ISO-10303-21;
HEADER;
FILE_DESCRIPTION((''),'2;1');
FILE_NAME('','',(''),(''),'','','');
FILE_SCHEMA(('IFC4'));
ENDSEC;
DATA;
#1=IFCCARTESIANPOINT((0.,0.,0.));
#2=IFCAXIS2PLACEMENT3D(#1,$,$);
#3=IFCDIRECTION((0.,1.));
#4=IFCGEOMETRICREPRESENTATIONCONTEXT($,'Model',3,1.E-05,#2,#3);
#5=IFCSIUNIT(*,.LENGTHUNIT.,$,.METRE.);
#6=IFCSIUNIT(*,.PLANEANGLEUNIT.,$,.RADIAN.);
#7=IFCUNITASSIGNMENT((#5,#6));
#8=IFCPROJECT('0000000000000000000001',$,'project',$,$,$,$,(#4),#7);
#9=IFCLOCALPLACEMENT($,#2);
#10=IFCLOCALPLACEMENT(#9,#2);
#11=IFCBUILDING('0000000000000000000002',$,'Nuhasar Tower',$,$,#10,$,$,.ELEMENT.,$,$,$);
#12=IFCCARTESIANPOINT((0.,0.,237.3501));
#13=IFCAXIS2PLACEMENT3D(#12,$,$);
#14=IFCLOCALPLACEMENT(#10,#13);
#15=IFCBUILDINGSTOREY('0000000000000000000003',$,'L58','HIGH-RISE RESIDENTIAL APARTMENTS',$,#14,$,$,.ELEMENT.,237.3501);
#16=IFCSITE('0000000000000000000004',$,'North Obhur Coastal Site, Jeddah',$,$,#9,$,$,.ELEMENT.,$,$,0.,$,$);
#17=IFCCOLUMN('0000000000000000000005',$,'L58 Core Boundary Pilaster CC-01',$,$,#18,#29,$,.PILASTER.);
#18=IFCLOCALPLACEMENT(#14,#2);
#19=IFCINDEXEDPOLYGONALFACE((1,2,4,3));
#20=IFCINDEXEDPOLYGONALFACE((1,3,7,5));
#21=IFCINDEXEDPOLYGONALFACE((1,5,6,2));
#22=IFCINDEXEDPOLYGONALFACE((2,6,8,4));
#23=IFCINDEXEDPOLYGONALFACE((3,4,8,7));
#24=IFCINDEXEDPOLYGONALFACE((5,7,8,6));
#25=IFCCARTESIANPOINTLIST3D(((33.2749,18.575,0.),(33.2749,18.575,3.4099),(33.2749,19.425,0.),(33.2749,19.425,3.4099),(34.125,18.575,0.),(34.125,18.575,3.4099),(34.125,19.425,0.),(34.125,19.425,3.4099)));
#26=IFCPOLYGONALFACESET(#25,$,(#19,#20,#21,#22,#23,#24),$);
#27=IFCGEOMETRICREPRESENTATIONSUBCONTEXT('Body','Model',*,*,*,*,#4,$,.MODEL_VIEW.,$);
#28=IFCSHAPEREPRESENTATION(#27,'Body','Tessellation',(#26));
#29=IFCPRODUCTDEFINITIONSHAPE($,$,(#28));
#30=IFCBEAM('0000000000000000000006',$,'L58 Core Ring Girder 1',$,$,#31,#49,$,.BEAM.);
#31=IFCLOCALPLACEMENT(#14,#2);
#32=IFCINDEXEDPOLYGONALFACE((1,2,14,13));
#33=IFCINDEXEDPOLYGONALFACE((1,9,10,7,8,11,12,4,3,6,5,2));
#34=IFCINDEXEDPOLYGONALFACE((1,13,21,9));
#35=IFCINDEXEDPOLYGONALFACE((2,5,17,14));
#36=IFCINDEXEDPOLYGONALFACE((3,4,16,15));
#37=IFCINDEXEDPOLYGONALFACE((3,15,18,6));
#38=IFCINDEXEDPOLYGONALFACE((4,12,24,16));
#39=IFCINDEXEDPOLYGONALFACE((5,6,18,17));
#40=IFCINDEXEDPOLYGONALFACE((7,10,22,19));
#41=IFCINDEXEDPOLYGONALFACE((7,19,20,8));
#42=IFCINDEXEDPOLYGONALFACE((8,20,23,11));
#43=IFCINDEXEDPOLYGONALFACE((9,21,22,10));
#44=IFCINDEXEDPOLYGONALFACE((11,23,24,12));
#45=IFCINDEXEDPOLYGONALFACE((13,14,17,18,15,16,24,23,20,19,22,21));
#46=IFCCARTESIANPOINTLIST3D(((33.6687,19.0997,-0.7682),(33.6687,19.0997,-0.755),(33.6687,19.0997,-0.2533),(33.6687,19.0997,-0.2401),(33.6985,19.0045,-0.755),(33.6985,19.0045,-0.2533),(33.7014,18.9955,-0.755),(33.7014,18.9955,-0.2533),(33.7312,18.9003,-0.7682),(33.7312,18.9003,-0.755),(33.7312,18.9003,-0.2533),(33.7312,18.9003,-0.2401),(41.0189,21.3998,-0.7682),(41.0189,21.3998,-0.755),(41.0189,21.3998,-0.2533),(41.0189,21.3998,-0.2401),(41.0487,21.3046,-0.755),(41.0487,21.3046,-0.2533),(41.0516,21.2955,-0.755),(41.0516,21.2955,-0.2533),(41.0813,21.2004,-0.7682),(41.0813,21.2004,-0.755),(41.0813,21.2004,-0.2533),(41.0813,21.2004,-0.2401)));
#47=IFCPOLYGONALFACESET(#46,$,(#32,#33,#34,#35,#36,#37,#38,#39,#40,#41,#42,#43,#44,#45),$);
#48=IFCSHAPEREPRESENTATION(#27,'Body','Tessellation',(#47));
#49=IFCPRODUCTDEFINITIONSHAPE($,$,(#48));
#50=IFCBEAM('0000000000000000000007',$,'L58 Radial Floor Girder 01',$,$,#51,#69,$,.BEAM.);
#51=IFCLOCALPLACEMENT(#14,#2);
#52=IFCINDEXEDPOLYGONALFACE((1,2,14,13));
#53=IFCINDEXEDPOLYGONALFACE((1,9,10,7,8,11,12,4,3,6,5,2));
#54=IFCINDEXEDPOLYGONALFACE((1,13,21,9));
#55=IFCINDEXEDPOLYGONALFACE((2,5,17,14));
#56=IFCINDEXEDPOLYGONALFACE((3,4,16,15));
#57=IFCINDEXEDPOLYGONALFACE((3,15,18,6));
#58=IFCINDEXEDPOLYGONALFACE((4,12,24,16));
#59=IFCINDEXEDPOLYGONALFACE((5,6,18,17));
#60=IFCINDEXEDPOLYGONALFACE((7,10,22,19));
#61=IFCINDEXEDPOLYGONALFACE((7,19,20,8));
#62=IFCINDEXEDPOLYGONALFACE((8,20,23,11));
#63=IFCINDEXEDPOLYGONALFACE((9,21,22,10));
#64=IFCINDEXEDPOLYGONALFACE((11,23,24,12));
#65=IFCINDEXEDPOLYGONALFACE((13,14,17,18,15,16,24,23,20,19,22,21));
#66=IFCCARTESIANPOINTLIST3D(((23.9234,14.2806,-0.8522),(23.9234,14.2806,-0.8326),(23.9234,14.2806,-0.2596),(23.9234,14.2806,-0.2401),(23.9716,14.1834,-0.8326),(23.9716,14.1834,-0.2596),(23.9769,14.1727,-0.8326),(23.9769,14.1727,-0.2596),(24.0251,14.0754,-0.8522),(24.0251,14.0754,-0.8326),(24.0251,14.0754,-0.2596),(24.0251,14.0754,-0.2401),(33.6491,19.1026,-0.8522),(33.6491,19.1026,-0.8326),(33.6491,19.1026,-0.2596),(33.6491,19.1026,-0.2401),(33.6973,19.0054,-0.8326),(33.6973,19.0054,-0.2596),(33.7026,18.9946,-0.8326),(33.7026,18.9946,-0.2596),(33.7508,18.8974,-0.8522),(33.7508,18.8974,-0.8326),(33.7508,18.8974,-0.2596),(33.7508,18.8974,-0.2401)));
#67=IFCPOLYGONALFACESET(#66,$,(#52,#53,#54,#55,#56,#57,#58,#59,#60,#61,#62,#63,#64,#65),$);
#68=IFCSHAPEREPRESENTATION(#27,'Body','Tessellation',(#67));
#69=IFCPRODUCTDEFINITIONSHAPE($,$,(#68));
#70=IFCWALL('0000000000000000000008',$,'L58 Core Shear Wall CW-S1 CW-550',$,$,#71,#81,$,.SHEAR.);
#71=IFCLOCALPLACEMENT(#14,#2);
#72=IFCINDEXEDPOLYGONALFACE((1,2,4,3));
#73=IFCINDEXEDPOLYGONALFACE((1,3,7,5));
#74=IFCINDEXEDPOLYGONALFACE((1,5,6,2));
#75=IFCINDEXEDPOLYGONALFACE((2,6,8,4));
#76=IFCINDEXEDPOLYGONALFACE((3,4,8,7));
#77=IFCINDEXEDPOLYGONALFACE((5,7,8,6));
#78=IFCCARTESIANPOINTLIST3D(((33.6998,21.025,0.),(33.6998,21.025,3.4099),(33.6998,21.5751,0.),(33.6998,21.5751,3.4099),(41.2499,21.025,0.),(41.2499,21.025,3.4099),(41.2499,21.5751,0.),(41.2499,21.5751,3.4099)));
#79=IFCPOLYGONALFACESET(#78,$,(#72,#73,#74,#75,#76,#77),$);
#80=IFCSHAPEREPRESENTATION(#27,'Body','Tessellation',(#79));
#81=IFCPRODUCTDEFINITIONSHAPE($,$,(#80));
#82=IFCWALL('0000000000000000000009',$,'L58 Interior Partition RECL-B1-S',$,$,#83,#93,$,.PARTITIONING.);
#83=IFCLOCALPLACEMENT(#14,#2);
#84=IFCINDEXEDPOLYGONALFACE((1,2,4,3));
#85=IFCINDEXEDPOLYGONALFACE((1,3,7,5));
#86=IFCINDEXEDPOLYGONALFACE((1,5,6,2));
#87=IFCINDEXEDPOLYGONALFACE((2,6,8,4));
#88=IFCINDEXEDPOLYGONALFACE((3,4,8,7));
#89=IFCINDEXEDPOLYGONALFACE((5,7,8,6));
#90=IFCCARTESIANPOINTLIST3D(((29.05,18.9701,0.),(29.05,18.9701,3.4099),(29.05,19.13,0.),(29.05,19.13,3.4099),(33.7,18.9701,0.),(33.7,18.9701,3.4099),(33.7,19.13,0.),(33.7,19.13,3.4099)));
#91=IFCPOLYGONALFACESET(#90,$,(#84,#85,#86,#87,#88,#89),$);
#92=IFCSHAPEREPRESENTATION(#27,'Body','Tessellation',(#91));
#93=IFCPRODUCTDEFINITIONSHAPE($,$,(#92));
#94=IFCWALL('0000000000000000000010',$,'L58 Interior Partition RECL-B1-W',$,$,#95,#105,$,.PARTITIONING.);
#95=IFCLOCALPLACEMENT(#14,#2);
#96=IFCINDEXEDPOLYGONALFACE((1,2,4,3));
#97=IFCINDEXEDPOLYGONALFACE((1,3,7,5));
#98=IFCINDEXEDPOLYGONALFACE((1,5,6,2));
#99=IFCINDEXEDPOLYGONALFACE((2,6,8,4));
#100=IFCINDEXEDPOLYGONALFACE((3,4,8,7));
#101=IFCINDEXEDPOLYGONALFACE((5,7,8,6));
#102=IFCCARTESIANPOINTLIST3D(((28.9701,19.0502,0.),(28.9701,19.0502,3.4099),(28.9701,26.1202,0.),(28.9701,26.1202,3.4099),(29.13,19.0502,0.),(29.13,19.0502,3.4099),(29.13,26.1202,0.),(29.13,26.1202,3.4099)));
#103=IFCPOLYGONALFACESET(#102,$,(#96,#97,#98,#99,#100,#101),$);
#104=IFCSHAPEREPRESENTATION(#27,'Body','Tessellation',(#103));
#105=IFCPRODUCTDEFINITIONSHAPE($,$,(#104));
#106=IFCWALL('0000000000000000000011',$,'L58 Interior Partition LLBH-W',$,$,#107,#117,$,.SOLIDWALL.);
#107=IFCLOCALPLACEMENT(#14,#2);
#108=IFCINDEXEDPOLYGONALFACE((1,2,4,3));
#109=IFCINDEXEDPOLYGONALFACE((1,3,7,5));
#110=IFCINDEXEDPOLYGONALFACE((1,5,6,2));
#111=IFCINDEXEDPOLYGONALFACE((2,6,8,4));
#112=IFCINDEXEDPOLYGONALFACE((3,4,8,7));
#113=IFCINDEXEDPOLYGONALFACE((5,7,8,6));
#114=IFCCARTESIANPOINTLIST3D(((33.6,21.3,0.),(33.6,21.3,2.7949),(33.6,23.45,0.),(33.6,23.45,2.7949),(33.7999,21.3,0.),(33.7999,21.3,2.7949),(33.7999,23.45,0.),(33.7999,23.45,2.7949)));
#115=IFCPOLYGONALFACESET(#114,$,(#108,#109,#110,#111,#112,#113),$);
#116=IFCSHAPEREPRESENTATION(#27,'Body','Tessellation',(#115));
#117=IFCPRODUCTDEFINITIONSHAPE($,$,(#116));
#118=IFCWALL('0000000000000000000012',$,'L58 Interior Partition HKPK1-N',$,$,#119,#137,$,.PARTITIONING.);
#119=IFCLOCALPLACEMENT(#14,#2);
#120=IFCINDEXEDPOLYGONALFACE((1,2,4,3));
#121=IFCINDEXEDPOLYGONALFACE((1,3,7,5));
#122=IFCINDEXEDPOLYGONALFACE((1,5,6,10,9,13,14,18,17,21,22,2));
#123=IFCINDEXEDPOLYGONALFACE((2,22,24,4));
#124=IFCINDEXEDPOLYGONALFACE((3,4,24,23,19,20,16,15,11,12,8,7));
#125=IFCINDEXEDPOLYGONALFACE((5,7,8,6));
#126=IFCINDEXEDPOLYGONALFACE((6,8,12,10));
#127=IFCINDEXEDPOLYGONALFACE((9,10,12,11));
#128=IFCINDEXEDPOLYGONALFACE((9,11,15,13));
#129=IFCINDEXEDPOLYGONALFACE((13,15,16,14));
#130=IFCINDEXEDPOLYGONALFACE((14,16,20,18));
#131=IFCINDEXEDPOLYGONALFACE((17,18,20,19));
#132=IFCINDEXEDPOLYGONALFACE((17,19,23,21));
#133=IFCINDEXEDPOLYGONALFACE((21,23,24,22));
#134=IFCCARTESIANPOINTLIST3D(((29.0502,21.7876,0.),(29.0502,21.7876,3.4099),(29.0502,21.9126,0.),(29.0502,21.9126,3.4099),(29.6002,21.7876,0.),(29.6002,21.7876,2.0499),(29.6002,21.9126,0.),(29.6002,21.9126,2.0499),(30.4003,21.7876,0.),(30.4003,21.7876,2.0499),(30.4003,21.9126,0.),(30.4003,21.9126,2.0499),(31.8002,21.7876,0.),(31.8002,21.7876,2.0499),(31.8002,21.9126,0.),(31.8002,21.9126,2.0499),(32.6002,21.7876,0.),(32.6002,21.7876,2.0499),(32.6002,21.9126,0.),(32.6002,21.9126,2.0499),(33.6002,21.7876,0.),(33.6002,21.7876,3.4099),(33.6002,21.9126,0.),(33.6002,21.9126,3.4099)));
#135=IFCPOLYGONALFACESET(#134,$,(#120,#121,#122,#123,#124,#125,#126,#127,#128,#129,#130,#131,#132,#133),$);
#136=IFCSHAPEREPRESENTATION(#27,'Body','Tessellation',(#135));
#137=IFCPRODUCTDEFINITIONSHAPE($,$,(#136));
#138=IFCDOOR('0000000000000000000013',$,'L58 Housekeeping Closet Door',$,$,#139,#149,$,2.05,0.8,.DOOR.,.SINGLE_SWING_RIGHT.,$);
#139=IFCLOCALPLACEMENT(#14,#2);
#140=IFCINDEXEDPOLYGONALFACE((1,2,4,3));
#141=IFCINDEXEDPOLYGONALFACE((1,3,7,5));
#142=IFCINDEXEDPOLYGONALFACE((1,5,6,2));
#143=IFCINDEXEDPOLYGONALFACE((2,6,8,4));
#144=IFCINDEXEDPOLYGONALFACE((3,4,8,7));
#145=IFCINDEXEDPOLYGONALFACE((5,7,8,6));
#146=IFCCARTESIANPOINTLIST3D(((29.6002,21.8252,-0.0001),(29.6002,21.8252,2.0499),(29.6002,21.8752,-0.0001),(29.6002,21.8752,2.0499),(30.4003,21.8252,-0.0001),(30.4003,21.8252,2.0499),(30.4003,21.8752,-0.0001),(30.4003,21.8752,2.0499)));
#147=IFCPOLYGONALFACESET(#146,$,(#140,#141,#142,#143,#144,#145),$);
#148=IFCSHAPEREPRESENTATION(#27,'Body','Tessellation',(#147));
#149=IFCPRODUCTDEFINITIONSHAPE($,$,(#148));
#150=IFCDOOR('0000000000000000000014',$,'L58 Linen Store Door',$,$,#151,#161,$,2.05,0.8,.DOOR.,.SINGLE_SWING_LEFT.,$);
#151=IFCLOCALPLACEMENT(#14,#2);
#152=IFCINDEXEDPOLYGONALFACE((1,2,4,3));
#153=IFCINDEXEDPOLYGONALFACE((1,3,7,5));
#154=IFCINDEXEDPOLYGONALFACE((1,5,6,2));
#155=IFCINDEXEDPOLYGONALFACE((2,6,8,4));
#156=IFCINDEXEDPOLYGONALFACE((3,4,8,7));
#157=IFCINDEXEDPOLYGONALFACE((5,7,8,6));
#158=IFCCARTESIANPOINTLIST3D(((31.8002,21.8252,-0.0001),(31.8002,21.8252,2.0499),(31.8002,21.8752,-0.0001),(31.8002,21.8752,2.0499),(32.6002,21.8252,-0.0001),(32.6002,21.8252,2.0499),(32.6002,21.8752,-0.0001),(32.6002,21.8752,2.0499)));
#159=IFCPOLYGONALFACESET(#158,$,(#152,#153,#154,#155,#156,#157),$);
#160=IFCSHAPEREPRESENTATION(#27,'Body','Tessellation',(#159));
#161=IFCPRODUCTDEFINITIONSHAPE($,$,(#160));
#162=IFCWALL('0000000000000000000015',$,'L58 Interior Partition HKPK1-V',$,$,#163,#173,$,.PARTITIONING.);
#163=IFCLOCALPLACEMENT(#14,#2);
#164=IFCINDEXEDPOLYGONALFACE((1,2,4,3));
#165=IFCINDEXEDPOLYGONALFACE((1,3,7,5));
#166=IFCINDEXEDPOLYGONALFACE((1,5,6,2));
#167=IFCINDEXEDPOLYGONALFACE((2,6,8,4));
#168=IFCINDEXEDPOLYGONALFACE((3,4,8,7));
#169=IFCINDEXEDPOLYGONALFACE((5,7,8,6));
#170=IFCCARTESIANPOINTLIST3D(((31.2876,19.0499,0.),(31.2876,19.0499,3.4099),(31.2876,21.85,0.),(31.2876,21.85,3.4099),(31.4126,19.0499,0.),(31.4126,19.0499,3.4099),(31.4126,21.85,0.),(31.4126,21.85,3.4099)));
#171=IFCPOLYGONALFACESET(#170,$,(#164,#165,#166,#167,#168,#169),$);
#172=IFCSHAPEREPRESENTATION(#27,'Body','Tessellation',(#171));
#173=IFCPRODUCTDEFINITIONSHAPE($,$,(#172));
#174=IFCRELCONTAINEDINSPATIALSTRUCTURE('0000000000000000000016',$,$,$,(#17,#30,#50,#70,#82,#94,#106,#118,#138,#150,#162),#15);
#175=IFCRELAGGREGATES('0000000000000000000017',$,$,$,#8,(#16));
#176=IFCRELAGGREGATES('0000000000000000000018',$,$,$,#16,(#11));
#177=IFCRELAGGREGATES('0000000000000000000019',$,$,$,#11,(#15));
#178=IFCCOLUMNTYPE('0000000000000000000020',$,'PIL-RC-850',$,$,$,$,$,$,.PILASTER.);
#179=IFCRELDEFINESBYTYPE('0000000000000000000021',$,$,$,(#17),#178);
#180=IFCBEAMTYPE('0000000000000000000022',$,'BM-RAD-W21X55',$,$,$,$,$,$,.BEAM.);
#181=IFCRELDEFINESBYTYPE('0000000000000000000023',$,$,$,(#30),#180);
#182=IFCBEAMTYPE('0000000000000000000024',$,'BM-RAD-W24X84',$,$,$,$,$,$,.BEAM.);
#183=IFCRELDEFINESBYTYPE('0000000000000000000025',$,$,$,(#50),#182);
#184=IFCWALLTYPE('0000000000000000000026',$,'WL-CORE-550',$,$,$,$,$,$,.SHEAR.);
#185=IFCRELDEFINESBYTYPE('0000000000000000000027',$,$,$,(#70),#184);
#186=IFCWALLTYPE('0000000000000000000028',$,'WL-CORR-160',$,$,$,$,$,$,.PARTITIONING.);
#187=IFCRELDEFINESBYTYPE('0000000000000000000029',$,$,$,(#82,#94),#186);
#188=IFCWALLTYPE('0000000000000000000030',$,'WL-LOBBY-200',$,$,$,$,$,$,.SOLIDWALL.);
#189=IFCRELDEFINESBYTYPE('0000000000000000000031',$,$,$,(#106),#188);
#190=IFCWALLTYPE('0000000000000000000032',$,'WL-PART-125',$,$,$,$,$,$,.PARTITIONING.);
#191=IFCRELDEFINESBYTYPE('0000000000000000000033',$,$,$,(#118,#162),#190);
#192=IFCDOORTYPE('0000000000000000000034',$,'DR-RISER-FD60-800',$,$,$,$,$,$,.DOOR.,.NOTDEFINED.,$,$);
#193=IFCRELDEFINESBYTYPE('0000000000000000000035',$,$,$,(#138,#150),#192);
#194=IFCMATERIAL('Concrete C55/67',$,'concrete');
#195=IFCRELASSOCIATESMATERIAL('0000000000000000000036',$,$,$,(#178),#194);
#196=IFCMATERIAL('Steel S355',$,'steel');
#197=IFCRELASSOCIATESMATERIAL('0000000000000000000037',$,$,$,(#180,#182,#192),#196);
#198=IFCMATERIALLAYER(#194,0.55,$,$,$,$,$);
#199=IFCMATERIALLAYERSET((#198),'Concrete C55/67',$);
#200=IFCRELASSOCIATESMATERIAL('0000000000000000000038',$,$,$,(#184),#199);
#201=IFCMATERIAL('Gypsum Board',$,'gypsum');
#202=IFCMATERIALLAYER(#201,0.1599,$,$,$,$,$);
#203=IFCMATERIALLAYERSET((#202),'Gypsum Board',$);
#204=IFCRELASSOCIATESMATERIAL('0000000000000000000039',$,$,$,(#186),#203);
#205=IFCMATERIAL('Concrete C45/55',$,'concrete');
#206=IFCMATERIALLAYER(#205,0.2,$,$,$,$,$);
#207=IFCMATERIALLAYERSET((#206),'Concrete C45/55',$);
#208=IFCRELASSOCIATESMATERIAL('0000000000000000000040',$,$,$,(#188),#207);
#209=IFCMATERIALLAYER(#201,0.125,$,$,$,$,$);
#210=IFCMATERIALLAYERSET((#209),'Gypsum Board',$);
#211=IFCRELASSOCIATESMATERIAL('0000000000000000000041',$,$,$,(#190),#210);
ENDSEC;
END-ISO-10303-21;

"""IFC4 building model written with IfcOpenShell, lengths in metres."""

from ifc_helpers import new_model, si_unit, direction, frame, frame_2d, origin, origin_2d, place, context, subcontext, project, spatial, rectangle, i_section, extrude, material, layer, layer_set, material_profile, profile_set, type_object, element, fill, save


model = new_model("IFC4")

# Units and contexts
model_context = context("Model", 3, precision=1e-05, world=origin(), true_north=direction((0.0, 1.0)))
body_context = subcontext(model_context, "Body", "Model", "MODEL_VIEW")
ifc_project = project(units=[si_unit("LENGTHUNIT", "METRE"), si_unit("PLANEANGLEUNIT", "RADIAN")], contexts=[model_context])

# Site, building, storey
site_placement = place(None, origin())
site = spatial("IfcSite", under=ifc_project, at=site_placement, Name="North Obhur Coastal Site, Jeddah", CompositionType="ELEMENT", RefElevation=0.0)
building_placement = place(site_placement, origin())
building = spatial("IfcBuilding", under=site, at=building_placement, Name="Nuhasar Tower", CompositionType="ELEMENT")
storey_placement = place(building_placement, frame((0.0, 0.0, 237.3501)))
storey = spatial("IfcBuildingStorey", under=building, at=storey_placement, Name="L58", Description="HIGH-RISE RESIDENTIAL APARTMENTS", CompositionType="ELEMENT", Elevation=237.3501)

# Column
ifc_material_1 = material(Name="Concrete C55/67", Category="concrete")
ifc_material_profile_1 = material_profile(ifc_material_1, rectangle(XDim=0.8501, YDim=0.8501, at=origin_2d()), Name="RC850X850")
ifc_profile_set_1 = profile_set([ifc_material_profile_1], Name="Concrete C55/67")
column_type = type_object("IfcColumnType", Name="PIL-RC-850", PredefinedType="PILASTER", material=ifc_profile_set_1)
column_placement = place(storey_placement, frame((33.7, 19.0, 0.0), z_axis=(0.0, 0.0, 1.0), x_axis=(1.0, 0.0, 0.0)))
element("IfcColumn", 1, at=column_placement, inside=storey, type_object=column_type, Name="L58 Core Boundary Pilaster CC-01", PredefinedType="PILASTER", context=body_context, shape_type="SweptSolid", body=[
    extrude(rectangle(XDim=0.8501, YDim=0.8501, at=origin_2d()), origin(), (0.0, 0.0, 1.0), 3.4099),
])

# Beams
ifc_material_2 = material(Name="Steel S355", Category="steel")
ifc_material_profile_2 = material_profile(ifc_material_2, i_section(OverallWidth=0.209, OverallDepth=0.5281, WebThickness=0.0095, FlangeThickness=0.0132, at=origin_2d()), Name="W21X55")
ifc_profile_set_2 = profile_set([ifc_material_profile_2], Name="Steel S355")
beam_type_1 = type_object("IfcBeamType", Name="BM-RAD-W21X55", PredefinedType="BEAM", material=ifc_profile_set_2)
beam_1_placement = place(storey_placement, frame((33.7, 19.0, -0.5042), z_axis=(0.954364, 0.298647, 0.0), x_axis=(-0.298647, 0.954364, 0.0)))
element("IfcBeam", 2, at=beam_1_placement, inside=storey, type_object=beam_type_1, Name="L58 Core Ring Girder 1", PredefinedType="BEAM", context=body_context, shape_type="SweptSolid", body=[
    extrude(i_section(OverallWidth=0.209, OverallDepth=0.5281, WebThickness=0.0095, FlangeThickness=0.0132, at=origin_2d()), origin(), (0.0, 0.0, 1.0), 7.7017),
])
ifc_material_profile_3 = material_profile(ifc_material_2, i_section(OverallWidth=0.229, OverallDepth=0.6121, WebThickness=0.012, FlangeThickness=0.0195, at=origin_2d()), Name="W24X84")
ifc_profile_set_3 = profile_set([ifc_material_profile_3], Name="Steel S355")
beam_type_2 = type_object("IfcBeamType", Name="BM-RAD-W24X84", PredefinedType="BEAM", material=ifc_profile_set_3)
beam_2_placement = place(storey_placement, frame((33.7, 19.0, -0.5461), z_axis=(-0.895929, -0.444197, 0.0), x_axis=(0.444197, -0.895929, 0.0)))
element("IfcBeam", 3, at=beam_2_placement, inside=storey, type_object=beam_type_2, Name="L58 Radial Floor Girder 01", PredefinedType="BEAM", context=body_context, shape_type="SweptSolid", body=[
    extrude(i_section(OverallWidth=0.229, OverallDepth=0.6121, WebThickness=0.012, FlangeThickness=0.0195, at=origin_2d()), origin(), (0.0, 0.0, 1.0), 10.8555),
])

# Walls
ifc_layer_1 = layer(ifc_material_1, 0.55)
ifc_layer_set_1 = layer_set([ifc_layer_1], Name="Concrete C55/67")
wall_type_1 = type_object("IfcWallType", Name="WL-CORE-550", PredefinedType="SHEAR", material=ifc_layer_set_1)
wall_1_placement = place(storey_placement, frame((33.7, 21.3, 0.0), z_axis=(0.0, 0.0, 1.0), x_axis=(1.0, 0.0, 0.0)))
element("IfcWall", 4, at=wall_1_placement, inside=storey, type_object=wall_type_1, Name="L58 Core Shear Wall CW-S1 CW-550", PredefinedType="SHEAR", context=body_context, shape_type="SweptSolid", body=[
    extrude(rectangle(XDim=7.55, YDim=0.55, at=frame_2d((3.7749, 0.0))), origin(), (0.0, 0.0, 1.0), 3.4099),
])
ifc_material_3 = material(Name="Gypsum Board", Category="gypsum")
ifc_layer_2 = layer(ifc_material_3, 0.1599)
ifc_layer_set_2 = layer_set([ifc_layer_2], Name="Gypsum Board")
wall_type_2 = type_object("IfcWallType", Name="WL-CORR-160", PredefinedType="PARTITIONING", material=ifc_layer_set_2)
wall_2_placement = place(storey_placement, frame((29.05, 19.05, 0.0), z_axis=(0.0, 0.0, 1.0), x_axis=(1.0, 0.0, 0.0)))
element("IfcWall", 5, at=wall_2_placement, inside=storey, type_object=wall_type_2, Name="L58 Interior Partition RECL-B1-S", PredefinedType="PARTITIONING", context=body_context, shape_type="SweptSolid", body=[
    extrude(rectangle(XDim=4.6499, YDim=0.1599, at=frame_2d((2.325, 0.0))), origin(), (0.0, 0.0, 1.0), 3.4099),
])
wall_3_placement = place(storey_placement, frame((29.05, 19.05, 0.0), z_axis=(0.0, 0.0, 1.0), x_axis=(0.0, 1.0, 0.0)))
element("IfcWall", 6, at=wall_3_placement, inside=storey, type_object=wall_type_2, Name="L58 Interior Partition RECL-B1-W", PredefinedType="PARTITIONING", context=body_context, shape_type="SweptSolid", body=[
    extrude(rectangle(XDim=7.0701, YDim=0.1599, at=frame_2d((3.5352, 0.0))), origin(), (0.0, 0.0, 1.0), 3.4099),
])

# Wall
ifc_material_4 = material(Name="Concrete C45/55", Category="concrete")
ifc_layer_3 = layer(ifc_material_4, 0.2)
ifc_layer_set_3 = layer_set([ifc_layer_3], Name="Concrete C45/55")
wall_type_3 = type_object("IfcWallType", Name="WL-LOBBY-200", PredefinedType="SOLIDWALL", material=ifc_layer_set_3)
wall_4_placement = place(storey_placement, frame((33.7, 21.3, 0.0), z_axis=(0.0, 0.0, 1.0), x_axis=(0.0, 1.0, 0.0)))
element("IfcWall", 7, at=wall_4_placement, inside=storey, type_object=wall_type_3, Name="L58 Interior Partition LLBH-W", PredefinedType="SOLIDWALL", context=body_context, shape_type="SweptSolid", body=[
    extrude(rectangle(XDim=2.1499, YDim=0.2, at=frame_2d((1.075, 0.0))), origin(), (0.0, 0.0, 1.0), 2.7949),
])

# Wall, openings, doors
ifc_layer_4 = layer(ifc_material_3, 0.125)
ifc_layer_set_4 = layer_set([ifc_layer_4], Name="Gypsum Board")
wall_type_4 = type_object("IfcWallType", Name="WL-PART-125", PredefinedType="PARTITIONING", material=ifc_layer_set_4)
wall_5_placement = place(storey_placement, frame((33.6001, 21.8501, 0.0), z_axis=(0.0, 0.0, 1.0), x_axis=(-1.0, 0.0, 0.0)))
wall_5 = element("IfcWall", 8, at=wall_5_placement, inside=storey, type_object=wall_type_4, Name="L58 Interior Partition HKPK1-N", PredefinedType="PARTITIONING", context=body_context, shape_type="SweptSolid", body=[
    extrude(rectangle(XDim=4.55, YDim=0.125, at=frame_2d((2.2749, 0.0))), origin(), (0.0, 0.0, 1.0), 3.4099),
])
opening_1_placement = place(wall_5_placement, frame((3.2, 0.0, 0.0)))
opening_1 = element("IfcOpeningElement", 9, at=opening_1_placement, cuts=wall_5, PredefinedType="OPENING", context=body_context, shape_type="SweptSolid", body=[
    extrude(rectangle(XDim=0.8, YDim=2.05, at=frame_2d((0.3999, 1.0249))), frame((0.0, 0.0725, 0.0), z_axis=(0.0, -1.0, 0.0), x_axis=(1.0, 0.0, 0.0)), (0.0, 0.0, 1.0), 0.145),
])
opening_2_placement = place(wall_5_placement, frame((1.0, 0.0, 0.0)))
opening_2 = element("IfcOpeningElement", 10, at=opening_2_placement, cuts=wall_5, PredefinedType="OPENING", context=body_context, shape_type="SweptSolid", body=[
    extrude(rectangle(XDim=0.8, YDim=2.05, at=frame_2d((0.3999, 1.0249))), frame((0.0, 0.0725, 0.0), z_axis=(0.0, -1.0, 0.0), x_axis=(1.0, 0.0, 0.0)), (0.0, 0.0, 1.0), 0.145),
])
door_type_1 = type_object("IfcDoorType", Name="DR-RISER-FD60-800", OperationType="NOTDEFINED", PredefinedType="DOOR", material=ifc_material_2)
door_1_placement = place(opening_1_placement, origin())
door_1 = element("IfcDoor", 11, at=door_1_placement, inside=storey, type_object=door_type_1, Name="L58 Housekeeping Closet Door", OperationType="SINGLE_SWING_RIGHT", OverallHeight=2.05, OverallWidth=0.8, PredefinedType="DOOR", context=body_context, shape_type="SweptSolid", body=[
    extrude(rectangle(XDim=0.8, YDim=2.05, at=frame_2d((0.3999, 1.0249))), frame((0.0, 0.0249, 0.0), z_axis=(0.0, -1.0, 0.0), x_axis=(1.0, 0.0, 0.0)), (0.0, 0.0, 1.0), 0.05),
])
fill(opening_1, door_1)
door_2_placement = place(opening_2_placement, origin())
door_2 = element("IfcDoor", 12, at=door_2_placement, inside=storey, type_object=door_type_1, Name="L58 Linen Store Door", OperationType="SINGLE_SWING_LEFT", OverallHeight=2.05, OverallWidth=0.8, PredefinedType="DOOR", context=body_context, shape_type="SweptSolid", body=[
    extrude(rectangle(XDim=0.8, YDim=2.05, at=frame_2d((0.3999, 1.0249))), frame((0.0, 0.0249, 0.0), z_axis=(0.0, -1.0, 0.0), x_axis=(1.0, 0.0, 0.0)), (0.0, 0.0, 1.0), 0.05),
])
fill(opening_2, door_2)

# Wall
wall_6_placement = place(storey_placement, frame((31.3501, 19.05, 0.0), z_axis=(0.0, 0.0, 1.0), x_axis=(0.0, 1.0, 0.0)))
element("IfcWall", 13, at=wall_6_placement, inside=storey, type_object=wall_type_4, Name="L58 Interior Partition HKPK1-V", PredefinedType="PARTITIONING", context=body_context, shape_type="SweptSolid", body=[
    extrude(rectangle(XDim=2.8, YDim=0.125, at=frame_2d((1.3999, 0.0))), origin(), (0.0, 0.0, 1.0), 3.4099),
])

save(model, "model.ifc")
